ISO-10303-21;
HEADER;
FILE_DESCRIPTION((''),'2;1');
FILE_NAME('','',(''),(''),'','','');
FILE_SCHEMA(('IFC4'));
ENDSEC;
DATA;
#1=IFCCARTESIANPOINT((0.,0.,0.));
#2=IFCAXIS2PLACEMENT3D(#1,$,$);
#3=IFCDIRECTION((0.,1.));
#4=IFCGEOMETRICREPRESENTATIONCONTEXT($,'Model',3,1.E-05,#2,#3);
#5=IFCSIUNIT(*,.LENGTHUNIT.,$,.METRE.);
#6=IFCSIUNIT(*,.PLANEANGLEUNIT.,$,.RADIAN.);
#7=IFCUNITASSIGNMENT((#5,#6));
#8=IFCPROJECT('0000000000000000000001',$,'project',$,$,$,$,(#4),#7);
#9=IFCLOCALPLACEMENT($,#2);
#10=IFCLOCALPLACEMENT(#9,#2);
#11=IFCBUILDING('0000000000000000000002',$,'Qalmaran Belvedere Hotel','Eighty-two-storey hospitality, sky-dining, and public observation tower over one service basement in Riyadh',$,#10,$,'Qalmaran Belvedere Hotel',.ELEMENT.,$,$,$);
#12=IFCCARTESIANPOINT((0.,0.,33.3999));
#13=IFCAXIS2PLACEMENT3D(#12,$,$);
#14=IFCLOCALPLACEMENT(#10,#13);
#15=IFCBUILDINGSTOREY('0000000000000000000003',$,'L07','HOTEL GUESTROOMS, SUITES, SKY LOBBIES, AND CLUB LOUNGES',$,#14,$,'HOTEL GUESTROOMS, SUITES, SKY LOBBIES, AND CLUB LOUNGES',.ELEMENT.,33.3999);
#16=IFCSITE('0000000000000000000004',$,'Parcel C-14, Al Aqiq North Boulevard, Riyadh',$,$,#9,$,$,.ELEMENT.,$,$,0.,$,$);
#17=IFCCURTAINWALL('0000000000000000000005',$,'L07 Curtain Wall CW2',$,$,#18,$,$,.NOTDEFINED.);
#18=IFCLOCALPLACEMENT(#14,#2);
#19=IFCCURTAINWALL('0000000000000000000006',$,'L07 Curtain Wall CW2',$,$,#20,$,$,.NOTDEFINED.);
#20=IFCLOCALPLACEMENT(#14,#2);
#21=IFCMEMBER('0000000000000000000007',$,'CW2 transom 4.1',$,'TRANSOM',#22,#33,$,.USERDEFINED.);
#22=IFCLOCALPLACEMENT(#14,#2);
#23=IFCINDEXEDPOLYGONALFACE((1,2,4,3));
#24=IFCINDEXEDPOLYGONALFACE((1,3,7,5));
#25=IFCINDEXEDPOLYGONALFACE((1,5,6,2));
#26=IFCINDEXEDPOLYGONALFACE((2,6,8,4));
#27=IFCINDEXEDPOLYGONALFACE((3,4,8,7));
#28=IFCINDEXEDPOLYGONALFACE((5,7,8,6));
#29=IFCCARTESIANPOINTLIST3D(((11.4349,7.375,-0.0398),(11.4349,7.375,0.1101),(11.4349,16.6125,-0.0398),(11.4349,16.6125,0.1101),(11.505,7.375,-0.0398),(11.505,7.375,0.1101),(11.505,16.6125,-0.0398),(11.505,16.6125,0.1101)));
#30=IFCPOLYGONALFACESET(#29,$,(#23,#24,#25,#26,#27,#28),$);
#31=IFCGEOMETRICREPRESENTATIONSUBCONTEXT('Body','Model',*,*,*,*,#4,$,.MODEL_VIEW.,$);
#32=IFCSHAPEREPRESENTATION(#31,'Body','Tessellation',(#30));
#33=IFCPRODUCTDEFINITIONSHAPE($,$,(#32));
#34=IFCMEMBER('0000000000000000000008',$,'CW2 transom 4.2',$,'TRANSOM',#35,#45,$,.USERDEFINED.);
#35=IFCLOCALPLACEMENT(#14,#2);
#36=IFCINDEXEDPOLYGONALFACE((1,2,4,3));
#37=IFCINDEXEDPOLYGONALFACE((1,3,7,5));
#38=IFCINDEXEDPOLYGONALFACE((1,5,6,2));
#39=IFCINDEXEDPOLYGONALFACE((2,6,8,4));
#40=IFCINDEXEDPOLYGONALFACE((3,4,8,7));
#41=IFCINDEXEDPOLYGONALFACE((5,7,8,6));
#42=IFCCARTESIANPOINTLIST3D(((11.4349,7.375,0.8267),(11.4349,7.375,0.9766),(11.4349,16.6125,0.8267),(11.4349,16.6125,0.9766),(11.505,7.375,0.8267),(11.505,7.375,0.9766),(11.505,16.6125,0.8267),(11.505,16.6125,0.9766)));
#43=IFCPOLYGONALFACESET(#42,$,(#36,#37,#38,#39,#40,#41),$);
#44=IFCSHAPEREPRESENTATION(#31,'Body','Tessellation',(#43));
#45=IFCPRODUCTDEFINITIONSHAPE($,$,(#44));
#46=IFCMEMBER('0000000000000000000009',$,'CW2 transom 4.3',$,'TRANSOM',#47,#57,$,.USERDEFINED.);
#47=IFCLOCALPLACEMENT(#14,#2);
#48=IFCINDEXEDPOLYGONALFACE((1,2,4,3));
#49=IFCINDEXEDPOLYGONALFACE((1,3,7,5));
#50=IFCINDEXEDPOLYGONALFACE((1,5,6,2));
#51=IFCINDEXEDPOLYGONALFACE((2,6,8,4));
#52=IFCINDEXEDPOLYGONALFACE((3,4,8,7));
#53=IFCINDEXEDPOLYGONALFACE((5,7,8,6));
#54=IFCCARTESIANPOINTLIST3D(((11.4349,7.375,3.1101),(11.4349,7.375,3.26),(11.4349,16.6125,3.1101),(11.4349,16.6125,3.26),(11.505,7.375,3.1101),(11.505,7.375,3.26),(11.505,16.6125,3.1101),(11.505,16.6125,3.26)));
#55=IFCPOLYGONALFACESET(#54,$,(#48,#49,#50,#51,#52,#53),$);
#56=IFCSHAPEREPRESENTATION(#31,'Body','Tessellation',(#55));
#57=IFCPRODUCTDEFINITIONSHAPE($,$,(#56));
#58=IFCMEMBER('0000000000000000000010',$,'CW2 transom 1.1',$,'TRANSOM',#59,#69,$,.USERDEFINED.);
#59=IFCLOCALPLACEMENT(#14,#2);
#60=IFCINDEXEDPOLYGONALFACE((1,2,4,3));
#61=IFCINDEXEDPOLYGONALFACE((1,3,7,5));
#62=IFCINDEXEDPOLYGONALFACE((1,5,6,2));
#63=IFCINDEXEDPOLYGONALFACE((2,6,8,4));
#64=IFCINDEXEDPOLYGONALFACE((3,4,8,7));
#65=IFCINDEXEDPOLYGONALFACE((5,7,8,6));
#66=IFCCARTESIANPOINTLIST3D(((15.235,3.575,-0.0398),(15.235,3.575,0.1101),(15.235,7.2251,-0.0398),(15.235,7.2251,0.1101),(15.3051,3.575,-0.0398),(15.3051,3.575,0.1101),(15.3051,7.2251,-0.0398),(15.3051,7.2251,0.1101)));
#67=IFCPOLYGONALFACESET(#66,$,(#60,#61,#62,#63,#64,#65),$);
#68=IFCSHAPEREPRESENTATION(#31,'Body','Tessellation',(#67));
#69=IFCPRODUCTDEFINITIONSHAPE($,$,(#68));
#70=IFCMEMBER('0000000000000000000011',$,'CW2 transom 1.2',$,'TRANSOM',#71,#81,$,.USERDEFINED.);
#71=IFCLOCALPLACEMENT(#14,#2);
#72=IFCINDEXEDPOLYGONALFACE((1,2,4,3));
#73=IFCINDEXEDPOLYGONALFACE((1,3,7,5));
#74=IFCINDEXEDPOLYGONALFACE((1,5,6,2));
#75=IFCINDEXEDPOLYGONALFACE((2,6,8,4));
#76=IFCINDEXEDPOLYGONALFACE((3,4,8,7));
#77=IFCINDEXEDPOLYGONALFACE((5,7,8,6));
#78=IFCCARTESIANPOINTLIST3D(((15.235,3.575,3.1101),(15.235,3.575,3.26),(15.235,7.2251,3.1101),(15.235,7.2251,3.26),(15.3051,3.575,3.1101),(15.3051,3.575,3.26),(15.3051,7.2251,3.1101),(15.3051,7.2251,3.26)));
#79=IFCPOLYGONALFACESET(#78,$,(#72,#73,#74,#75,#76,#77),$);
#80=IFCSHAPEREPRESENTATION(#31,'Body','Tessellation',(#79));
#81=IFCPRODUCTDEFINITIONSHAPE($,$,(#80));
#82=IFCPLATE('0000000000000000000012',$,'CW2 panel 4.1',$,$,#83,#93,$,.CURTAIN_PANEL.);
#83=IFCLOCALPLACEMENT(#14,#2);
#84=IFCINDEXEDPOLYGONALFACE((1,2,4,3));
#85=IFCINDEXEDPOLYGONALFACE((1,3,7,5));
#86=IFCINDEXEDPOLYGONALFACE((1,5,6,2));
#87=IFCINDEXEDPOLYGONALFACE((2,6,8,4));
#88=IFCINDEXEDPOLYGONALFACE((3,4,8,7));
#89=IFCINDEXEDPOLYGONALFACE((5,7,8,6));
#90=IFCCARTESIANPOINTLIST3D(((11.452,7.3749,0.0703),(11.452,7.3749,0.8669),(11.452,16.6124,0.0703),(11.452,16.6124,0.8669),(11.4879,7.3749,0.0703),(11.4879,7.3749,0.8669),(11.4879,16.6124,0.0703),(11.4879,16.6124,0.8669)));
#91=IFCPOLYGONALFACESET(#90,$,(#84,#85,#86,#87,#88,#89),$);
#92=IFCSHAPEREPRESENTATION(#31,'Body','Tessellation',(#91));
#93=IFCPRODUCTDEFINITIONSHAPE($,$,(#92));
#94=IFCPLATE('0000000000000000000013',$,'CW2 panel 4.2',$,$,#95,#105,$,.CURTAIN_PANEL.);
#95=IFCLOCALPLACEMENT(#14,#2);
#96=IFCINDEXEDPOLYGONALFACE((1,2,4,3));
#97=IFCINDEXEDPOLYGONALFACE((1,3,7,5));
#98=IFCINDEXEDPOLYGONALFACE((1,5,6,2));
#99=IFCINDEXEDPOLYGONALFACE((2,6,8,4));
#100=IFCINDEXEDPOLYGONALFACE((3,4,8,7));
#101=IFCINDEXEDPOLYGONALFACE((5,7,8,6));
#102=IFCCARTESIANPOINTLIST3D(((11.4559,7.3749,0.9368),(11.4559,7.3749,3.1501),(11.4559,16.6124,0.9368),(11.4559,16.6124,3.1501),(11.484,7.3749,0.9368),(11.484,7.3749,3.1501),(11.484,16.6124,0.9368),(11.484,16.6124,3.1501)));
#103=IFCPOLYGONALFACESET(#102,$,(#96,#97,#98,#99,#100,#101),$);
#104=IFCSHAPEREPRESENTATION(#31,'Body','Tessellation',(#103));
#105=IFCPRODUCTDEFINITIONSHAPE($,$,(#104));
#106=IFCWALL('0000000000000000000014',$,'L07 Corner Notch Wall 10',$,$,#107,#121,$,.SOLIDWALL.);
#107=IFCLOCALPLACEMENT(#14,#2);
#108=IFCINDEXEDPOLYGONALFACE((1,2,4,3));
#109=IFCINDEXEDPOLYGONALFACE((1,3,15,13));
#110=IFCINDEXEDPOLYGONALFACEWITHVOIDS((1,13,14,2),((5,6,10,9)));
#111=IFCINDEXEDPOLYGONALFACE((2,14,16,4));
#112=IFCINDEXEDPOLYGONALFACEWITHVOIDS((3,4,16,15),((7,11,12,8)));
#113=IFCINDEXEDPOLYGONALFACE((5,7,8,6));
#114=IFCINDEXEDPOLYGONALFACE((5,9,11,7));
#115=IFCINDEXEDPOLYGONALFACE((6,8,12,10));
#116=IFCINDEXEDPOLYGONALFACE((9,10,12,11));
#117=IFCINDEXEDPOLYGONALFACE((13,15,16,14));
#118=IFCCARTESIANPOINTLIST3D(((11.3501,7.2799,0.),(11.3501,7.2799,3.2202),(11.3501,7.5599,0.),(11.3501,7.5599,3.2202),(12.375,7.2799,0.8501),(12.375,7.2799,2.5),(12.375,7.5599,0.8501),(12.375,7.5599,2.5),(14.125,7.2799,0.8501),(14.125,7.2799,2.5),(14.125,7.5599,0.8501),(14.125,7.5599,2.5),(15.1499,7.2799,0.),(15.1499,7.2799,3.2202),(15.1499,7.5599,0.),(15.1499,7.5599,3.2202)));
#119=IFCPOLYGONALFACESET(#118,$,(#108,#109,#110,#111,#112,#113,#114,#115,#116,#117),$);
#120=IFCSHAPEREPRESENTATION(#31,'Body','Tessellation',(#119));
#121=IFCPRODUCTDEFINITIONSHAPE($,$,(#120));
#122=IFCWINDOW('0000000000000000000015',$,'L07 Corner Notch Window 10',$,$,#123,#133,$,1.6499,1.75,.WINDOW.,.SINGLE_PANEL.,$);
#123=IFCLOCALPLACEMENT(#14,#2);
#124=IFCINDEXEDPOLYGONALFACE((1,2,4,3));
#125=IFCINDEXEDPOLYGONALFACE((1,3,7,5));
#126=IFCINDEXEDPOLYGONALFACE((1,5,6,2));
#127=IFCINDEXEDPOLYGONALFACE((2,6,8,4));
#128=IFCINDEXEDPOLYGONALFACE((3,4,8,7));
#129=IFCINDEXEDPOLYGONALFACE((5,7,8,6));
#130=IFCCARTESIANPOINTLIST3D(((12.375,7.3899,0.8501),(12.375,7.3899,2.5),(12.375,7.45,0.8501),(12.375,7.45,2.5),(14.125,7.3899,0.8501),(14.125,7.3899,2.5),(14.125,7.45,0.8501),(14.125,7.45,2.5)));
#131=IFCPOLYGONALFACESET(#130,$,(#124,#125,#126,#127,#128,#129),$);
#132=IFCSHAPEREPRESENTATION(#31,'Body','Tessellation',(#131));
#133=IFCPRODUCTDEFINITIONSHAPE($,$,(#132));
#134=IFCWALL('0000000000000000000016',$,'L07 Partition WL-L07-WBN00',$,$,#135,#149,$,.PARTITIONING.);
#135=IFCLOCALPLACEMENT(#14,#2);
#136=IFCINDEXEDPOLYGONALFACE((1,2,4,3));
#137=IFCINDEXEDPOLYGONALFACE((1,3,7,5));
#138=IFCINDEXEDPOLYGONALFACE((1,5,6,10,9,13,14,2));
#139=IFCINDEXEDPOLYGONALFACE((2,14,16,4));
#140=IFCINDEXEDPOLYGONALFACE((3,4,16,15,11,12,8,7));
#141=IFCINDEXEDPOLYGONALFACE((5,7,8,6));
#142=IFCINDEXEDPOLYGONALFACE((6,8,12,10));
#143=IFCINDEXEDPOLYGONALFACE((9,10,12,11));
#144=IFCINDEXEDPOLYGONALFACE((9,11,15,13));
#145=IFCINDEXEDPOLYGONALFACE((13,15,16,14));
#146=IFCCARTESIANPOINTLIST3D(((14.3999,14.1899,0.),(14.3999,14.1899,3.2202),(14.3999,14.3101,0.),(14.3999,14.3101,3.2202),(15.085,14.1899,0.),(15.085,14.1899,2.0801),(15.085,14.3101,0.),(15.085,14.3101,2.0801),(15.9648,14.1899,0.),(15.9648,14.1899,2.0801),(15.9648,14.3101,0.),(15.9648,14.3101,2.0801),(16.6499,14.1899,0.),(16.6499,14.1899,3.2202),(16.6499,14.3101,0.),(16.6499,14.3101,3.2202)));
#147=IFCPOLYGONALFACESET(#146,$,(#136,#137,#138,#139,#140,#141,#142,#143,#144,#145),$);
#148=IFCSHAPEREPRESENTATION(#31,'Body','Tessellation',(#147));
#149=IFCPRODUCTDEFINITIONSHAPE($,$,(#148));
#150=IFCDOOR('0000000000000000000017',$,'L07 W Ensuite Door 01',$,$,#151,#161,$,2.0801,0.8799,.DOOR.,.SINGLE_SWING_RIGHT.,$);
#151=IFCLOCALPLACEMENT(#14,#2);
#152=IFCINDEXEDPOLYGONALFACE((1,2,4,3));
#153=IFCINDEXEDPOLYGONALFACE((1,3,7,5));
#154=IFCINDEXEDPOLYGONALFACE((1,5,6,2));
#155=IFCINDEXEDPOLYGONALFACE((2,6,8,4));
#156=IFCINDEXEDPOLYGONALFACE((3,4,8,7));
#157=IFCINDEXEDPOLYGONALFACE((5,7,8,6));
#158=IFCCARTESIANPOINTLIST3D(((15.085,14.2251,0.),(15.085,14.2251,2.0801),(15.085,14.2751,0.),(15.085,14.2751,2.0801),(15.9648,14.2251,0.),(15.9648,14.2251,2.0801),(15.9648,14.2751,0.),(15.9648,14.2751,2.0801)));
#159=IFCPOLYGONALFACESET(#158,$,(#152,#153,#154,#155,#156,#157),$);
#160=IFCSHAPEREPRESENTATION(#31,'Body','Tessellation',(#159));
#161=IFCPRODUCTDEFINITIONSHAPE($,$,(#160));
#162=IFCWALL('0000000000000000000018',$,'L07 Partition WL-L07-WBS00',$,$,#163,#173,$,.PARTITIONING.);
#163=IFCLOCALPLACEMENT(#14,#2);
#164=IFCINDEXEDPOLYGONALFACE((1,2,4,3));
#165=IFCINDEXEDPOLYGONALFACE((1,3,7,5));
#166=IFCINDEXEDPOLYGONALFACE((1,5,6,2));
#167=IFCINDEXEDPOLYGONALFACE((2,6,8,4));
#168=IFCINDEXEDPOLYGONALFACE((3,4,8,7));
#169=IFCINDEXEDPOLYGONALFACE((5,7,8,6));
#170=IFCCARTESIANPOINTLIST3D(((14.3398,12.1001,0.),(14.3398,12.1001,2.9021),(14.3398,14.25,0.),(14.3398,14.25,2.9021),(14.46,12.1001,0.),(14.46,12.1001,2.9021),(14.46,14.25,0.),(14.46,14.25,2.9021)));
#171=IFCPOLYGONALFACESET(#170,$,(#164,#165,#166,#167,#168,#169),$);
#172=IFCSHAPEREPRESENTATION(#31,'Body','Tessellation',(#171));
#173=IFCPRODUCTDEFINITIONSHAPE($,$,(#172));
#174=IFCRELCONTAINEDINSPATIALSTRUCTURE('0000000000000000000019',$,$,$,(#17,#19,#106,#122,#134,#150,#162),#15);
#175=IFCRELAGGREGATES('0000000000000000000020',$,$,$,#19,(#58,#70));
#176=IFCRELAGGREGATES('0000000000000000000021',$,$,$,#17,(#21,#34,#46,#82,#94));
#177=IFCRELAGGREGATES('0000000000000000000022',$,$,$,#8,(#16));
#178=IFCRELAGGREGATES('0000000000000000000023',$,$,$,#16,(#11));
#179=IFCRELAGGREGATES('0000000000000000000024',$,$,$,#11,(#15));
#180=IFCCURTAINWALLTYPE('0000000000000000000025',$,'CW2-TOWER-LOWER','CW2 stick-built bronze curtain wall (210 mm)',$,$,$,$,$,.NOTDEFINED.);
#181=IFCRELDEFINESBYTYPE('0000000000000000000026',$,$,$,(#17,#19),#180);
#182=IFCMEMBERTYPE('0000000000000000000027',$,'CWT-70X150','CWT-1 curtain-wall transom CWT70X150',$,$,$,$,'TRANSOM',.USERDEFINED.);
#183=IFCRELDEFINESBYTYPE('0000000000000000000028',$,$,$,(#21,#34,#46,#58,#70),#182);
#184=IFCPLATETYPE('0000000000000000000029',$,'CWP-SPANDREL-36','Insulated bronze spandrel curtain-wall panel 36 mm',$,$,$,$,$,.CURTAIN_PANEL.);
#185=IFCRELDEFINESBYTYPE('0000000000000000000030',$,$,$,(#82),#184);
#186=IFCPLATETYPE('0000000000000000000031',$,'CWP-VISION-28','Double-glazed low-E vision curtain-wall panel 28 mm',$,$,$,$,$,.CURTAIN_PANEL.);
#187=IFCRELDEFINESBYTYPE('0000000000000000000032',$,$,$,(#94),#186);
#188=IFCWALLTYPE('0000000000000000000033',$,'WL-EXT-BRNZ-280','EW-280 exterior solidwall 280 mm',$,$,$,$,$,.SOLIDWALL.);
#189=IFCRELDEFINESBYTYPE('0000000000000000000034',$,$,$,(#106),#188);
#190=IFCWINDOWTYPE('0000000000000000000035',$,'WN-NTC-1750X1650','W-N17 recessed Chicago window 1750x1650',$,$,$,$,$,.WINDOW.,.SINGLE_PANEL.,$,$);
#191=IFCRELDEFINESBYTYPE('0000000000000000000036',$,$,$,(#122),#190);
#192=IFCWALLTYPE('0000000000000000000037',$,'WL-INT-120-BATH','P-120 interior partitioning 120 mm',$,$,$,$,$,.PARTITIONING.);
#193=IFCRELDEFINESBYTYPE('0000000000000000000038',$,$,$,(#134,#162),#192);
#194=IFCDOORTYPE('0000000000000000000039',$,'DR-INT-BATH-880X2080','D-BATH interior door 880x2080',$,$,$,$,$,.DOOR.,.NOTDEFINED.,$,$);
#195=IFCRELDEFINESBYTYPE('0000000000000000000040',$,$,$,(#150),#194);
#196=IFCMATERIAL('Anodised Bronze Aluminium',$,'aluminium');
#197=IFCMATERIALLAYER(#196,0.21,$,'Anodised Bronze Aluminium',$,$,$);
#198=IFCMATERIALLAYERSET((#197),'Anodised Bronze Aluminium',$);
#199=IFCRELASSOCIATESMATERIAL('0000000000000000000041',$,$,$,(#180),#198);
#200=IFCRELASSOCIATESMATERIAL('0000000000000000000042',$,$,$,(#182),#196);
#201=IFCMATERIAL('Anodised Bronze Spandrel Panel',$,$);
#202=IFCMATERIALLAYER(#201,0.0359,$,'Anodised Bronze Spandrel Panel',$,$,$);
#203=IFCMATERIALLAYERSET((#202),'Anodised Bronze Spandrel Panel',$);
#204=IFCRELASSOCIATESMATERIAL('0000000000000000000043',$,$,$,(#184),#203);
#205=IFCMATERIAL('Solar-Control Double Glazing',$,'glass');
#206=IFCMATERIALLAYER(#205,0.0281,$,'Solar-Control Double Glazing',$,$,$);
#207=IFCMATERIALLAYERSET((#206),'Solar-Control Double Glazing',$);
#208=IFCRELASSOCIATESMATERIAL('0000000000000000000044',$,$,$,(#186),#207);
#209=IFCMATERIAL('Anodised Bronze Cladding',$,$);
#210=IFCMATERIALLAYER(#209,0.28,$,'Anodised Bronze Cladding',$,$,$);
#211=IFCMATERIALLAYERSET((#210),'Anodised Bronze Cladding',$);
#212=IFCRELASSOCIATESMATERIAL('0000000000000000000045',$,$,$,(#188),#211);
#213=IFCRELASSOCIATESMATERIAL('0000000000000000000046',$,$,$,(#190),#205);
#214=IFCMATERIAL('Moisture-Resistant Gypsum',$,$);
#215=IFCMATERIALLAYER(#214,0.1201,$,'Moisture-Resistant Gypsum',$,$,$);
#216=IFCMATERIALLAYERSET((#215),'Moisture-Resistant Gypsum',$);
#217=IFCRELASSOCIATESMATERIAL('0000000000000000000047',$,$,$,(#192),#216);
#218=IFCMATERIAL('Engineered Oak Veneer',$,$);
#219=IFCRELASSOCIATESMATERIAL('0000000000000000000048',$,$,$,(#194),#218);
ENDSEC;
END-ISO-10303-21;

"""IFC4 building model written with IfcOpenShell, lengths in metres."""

from ifc_helpers import new_model, si_unit, direction, frame, frame_2d, origin, origin_2d, place, context, subcontext, project, spatial, rectangle, extrude, material, layer, layer_set, material_profile, profile_set, type_object, element, fill, aggregate, save


model = new_model("IFC4")

# Units and contexts
model_context = context("Model", 3, precision=1e-05, world=origin(), true_north=direction((0.0, 1.0)))
body_context = subcontext(model_context, "Body", "Model", "MODEL_VIEW")
ifc_project = project(units=[si_unit("LENGTHUNIT", "METRE"), si_unit("PLANEANGLEUNIT", "RADIAN")], contexts=[model_context])

# Site, building, storey
site_placement = place(None, origin())
site = spatial("IfcSite", under=ifc_project, at=site_placement, Name="Parcel C-14, Al Aqiq North Boulevard, Riyadh", CompositionType="ELEMENT", RefElevation=0.0)
building_placement = place(site_placement, origin())
building = spatial("IfcBuilding", under=site, at=building_placement, Name="Qalmaran Belvedere Hotel", Description="Eighty-two-storey hospitality, sky-dining, and public observation tower over one service basement in Riyadh", LongName="Qalmaran Belvedere Hotel", CompositionType="ELEMENT")
storey_placement = place(building_placement, frame((0.0, 0.0, 33.3999)))
storey = spatial("IfcBuildingStorey", under=building, at=storey_placement, Name="L07", Description="HOTEL GUESTROOMS, SUITES, SKY LOBBIES, AND CLUB LOUNGES", LongName="HOTEL GUESTROOMS, SUITES, SKY LOBBIES, AND CLUB LOUNGES", CompositionType="ELEMENT", Elevation=33.3999)

# Curtain wall
ifc_material_1 = material(Name="Anodised Bronze Aluminium", Category="aluminium")
ifc_layer_1 = layer(ifc_material_1, 0.21, Name="Anodised Bronze Aluminium")
ifc_layer_set_1 = layer_set([ifc_layer_1], Name="Anodised Bronze Aluminium")
curtain_wall_type = type_object("IfcCurtainWallType", Name="CW2-TOWER-LOWER", Description="CW2 stick-built bronze curtain wall (210 mm)", PredefinedType="NOTDEFINED", material=ifc_layer_set_1)
curtain_wall_1_placement = place(storey_placement, origin())
curtain_wall_1 = element("IfcCurtainWall", 1, at=curtain_wall_1_placement, inside=storey, type_object=curtain_wall_type, Name="L07 Curtain Wall CW2", PredefinedType="NOTDEFINED")

# Curtain wall
curtain_wall_2_placement = place(storey_placement, origin())
curtain_wall_2 = element("IfcCurtainWall", 2, at=curtain_wall_2_placement, inside=storey, type_object=curtain_wall_type, Name="L07 Curtain Wall CW2", PredefinedType="NOTDEFINED")

# Members
ifc_material_profile_1 = material_profile(ifc_material_1, rectangle(XDim=0.0701, YDim=0.1499, at=origin_2d()), Name="CWT70X150")
ifc_profile_set_1 = profile_set([ifc_material_profile_1], Name="Anodised Bronze Aluminium")
member_type_1 = type_object("IfcMemberType", Name="CWT-70X150", Description="CWT-1 curtain-wall transom CWT70X150", ElementType="TRANSOM", PredefinedType="USERDEFINED", material=ifc_profile_set_1)
member_1_placement = place(storey_placement, frame((11.47, 16.6125, 0.0352), z_axis=(0.0, -1.0, 0.0), x_axis=(1.0, 0.0, 0.0)))
member_1 = element("IfcMember", 3, at=member_1_placement, type_object=member_type_1, Name="CW2 transom 4.1", ObjectType="TRANSOM", PredefinedType="USERDEFINED", context=body_context, shape_type="SweptSolid", body=[
    extrude(rectangle(XDim=0.0701, YDim=0.1499, at=origin_2d()), origin(), (0.0, 0.0, 1.0), 9.2375),
])
member_2_placement = place(storey_placement, frame((11.47, 16.6125, 0.9016), z_axis=(0.0, -1.0, 0.0), x_axis=(1.0, 0.0, 0.0)))
member_2 = element("IfcMember", 4, at=member_2_placement, type_object=member_type_1, Name="CW2 transom 4.2", ObjectType="TRANSOM", PredefinedType="USERDEFINED", context=body_context, shape_type="SweptSolid", body=[
    extrude(rectangle(XDim=0.0701, YDim=0.1499, at=origin_2d()), origin(), (0.0, 0.0, 1.0), 9.2375),
])
member_3_placement = place(storey_placement, frame((11.47, 16.6125, 3.1851), z_axis=(0.0, -1.0, 0.0), x_axis=(1.0, 0.0, 0.0)))
member_3 = element("IfcMember", 5, at=member_3_placement, type_object=member_type_1, Name="CW2 transom 4.3", ObjectType="TRANSOM", PredefinedType="USERDEFINED", context=body_context, shape_type="SweptSolid", body=[
    extrude(rectangle(XDim=0.0701, YDim=0.1499, at=origin_2d()), origin(), (0.0, 0.0, 1.0), 9.2375),
])
member_4_placement = place(storey_placement, frame((15.27, 7.2251, 0.0352), z_axis=(0.0, -1.0, 0.0), x_axis=(1.0, 0.0, 0.0)))
member_4 = element("IfcMember", 6, at=member_4_placement, type_object=member_type_1, Name="CW2 transom 1.1", ObjectType="TRANSOM", PredefinedType="USERDEFINED", context=body_context, shape_type="SweptSolid", body=[
    extrude(rectangle(XDim=0.0701, YDim=0.1499, at=origin_2d()), origin(), (0.0, 0.0, 1.0), 3.6501),
])
member_5_placement = place(storey_placement, frame((15.27, 7.2251, 3.1851), z_axis=(0.0, -1.0, 0.0), x_axis=(1.0, 0.0, 0.0)))
member_5 = element("IfcMember", 7, at=member_5_placement, type_object=member_type_1, Name="CW2 transom 1.2", ObjectType="TRANSOM", PredefinedType="USERDEFINED", context=body_context, shape_type="SweptSolid", body=[
    extrude(rectangle(XDim=0.0701, YDim=0.1499, at=origin_2d()), origin(), (0.0, 0.0, 1.0), 3.6501),
])
aggregate(curtain_wall_2, [member_4, member_5])

# Plates
ifc_material_2 = material(Name="Anodised Bronze Spandrel Panel")
ifc_layer_2 = layer(ifc_material_2, 0.0359, Name="Anodised Bronze Spandrel Panel")
ifc_layer_set_2 = layer_set([ifc_layer_2], Name="Anodised Bronze Spandrel Panel")
plate_type_1 = type_object("IfcPlateType", Name="CWP-SPANDREL-36", Description="Insulated bronze spandrel curtain-wall panel 36 mm", PredefinedType="CURTAIN_PANEL", material=ifc_layer_set_2)
plate_1_placement = place(storey_placement, frame((11.47, 11.9937, 0.0703), z_axis=(0.0, 0.0, 1.0), x_axis=(0.0, -1.0, 0.0)))
plate_1 = element("IfcPlate", 8, at=plate_1_placement, type_object=plate_type_1, Name="CW2 panel 4.1", PredefinedType="CURTAIN_PANEL", context=body_context, shape_type="SweptSolid", body=[
    extrude(rectangle(XDim=9.2375, YDim=0.0359, at=origin_2d()), origin(), (0.0, 0.0, 1.0), 0.7966),
])
ifc_material_3 = material(Name="Solar-Control Double Glazing", Category="glass")
ifc_layer_3 = layer(ifc_material_3, 0.0281, Name="Solar-Control Double Glazing")
ifc_layer_set_3 = layer_set([ifc_layer_3], Name="Solar-Control Double Glazing")
plate_type_2 = type_object("IfcPlateType", Name="CWP-VISION-28", Description="Double-glazed low-E vision curtain-wall panel 28 mm", PredefinedType="CURTAIN_PANEL", material=ifc_layer_set_3)
plate_2_placement = place(storey_placement, frame((11.47, 11.9937, 0.9368), z_axis=(0.0, 0.0, 1.0), x_axis=(0.0, -1.0, 0.0)))
plate_2 = element("IfcPlate", 9, at=plate_2_placement, type_object=plate_type_2, Name="CW2 panel 4.2", PredefinedType="CURTAIN_PANEL", context=body_context, shape_type="SweptSolid", body=[
    extrude(rectangle(XDim=9.2375, YDim=0.0281, at=origin_2d()), origin(), (0.0, 0.0, 1.0), 2.2134),
])
aggregate(curtain_wall_1, [member_1, member_2, member_3, plate_1, plate_2])

# Wall, opening, window
ifc_material_4 = material(Name="Anodised Bronze Cladding")
ifc_layer_4 = layer(ifc_material_4, 0.28, Name="Anodised Bronze Cladding")
ifc_layer_set_4 = layer_set([ifc_layer_4], Name="Anodised Bronze Cladding")
wall_type_1 = type_object("IfcWallType", Name="WL-EXT-BRNZ-280", Description="EW-280 exterior solidwall 280 mm", PredefinedType="SOLIDWALL", material=ifc_layer_set_4)
wall_1_placement = place(storey_placement, frame((11.3501, 7.4199, 0.0), z_axis=(0.0, 0.0, 1.0), x_axis=(1.0, 0.0, 0.0)))
wall_1 = element("IfcWall", 10, at=wall_1_placement, inside=storey, type_object=wall_type_1, Name="L07 Corner Notch Wall 10", PredefinedType="SOLIDWALL", context=body_context, shape_type="SweptSolid", body=[
    extrude(rectangle(XDim=3.7998, YDim=0.28, at=frame_2d((1.8999, 0.0))), origin(), (0.0, 0.0, 1.0), 3.2202),
])
opening_1_placement = place(wall_1_placement, frame((1.0249, 0.0, 0.8501)))
opening_1 = element("IfcOpeningElement", 11, at=opening_1_placement, cuts=wall_1, PredefinedType="OPENING", context=body_context, shape_type="SweptSolid", body=[
    extrude(rectangle(XDim=1.75, YDim=1.6499, at=frame_2d((0.875, 0.825))), frame((0.0, 0.1499, 0.0), z_axis=(0.0, -1.0, 0.0), x_axis=(1.0, 0.0, 0.0)), (0.0, 0.0, 1.0), 0.3),
])
window_type = type_object("IfcWindowType", Name="WN-NTC-1750X1650", Description="W-N17 recessed Chicago window 1750x1650", PartitioningType="SINGLE_PANEL", PredefinedType="WINDOW", material=ifc_material_3)
window_placement = place(opening_1_placement, origin())
window = element("IfcWindow", 12, at=window_placement, inside=storey, type_object=window_type, Name="L07 Corner Notch Window 10", OverallHeight=1.6499, OverallWidth=1.75, PartitioningType="SINGLE_PANEL", PredefinedType="WINDOW", context=body_context, shape_type="SweptSolid", body=[
    extrude(rectangle(XDim=1.75, YDim=1.6499, at=frame_2d((0.875, 0.825))), frame((0.0, 0.03, 0.0), z_axis=(0.0, -1.0, 0.0), x_axis=(1.0, 0.0, 0.0)), (0.0, 0.0, 1.0), 0.0601),
])
fill(opening_1, window)

# Wall, opening, door
ifc_material_5 = material(Name="Moisture-Resistant Gypsum")
ifc_layer_5 = layer(ifc_material_5, 0.1201, Name="Moisture-Resistant Gypsum")
ifc_layer_set_5 = layer_set([ifc_layer_5], Name="Moisture-Resistant Gypsum")
wall_type_2 = type_object("IfcWallType", Name="WL-INT-120-BATH", Description="P-120 interior partitioning 120 mm", PredefinedType="PARTITIONING", material=ifc_layer_set_5)
wall_2_placement = place(storey_placement, frame((14.3999, 14.25, 0.0), z_axis=(0.0, 0.0, 1.0), x_axis=(1.0, 0.0, 0.0)))
wall_2 = element("IfcWall", 13, at=wall_2_placement, inside=storey, type_object=wall_type_2, Name="L07 Partition WL-L07-WBN00", PredefinedType="PARTITIONING", context=body_context, shape_type="SweptSolid", body=[
    extrude(rectangle(XDim=2.25, YDim=0.1201, at=frame_2d((1.125, 0.0))), origin(), (0.0, 0.0, 1.0), 3.2202),
])
opening_2_placement = place(wall_2_placement, frame((1.5649, 0.0, 0.0), z_axis=(0.0, 0.0, 1.0), x_axis=(-1.0, 0.0, 0.0)))
opening_2 = element("IfcOpeningElement", 14, at=opening_2_placement, cuts=wall_2, PredefinedType="OPENING", context=body_context, shape_type="SweptSolid", body=[
    extrude(rectangle(XDim=0.8799, YDim=2.0801, at=frame_2d((0.4399, 1.04))), frame((0.0, 0.0701, 0.0), z_axis=(0.0, -1.0, 0.0), x_axis=(1.0, 0.0, 0.0)), (0.0, 0.0, 1.0), 0.1401),
])
ifc_material_6 = material(Name="Engineered Oak Veneer")
door_type = type_object("IfcDoorType", Name="DR-INT-BATH-880X2080", Description="D-BATH interior door 880x2080", OperationType="NOTDEFINED", PredefinedType="DOOR", material=ifc_material_6)
door_placement = place(opening_2_placement, origin())
door = element("IfcDoor", 15, at=door_placement, inside=storey, type_object=door_type, Name="L07 W Ensuite Door 01", OperationType="SINGLE_SWING_RIGHT", OverallHeight=2.0801, OverallWidth=0.8799, PredefinedType="DOOR", context=body_context, shape_type="SweptSolid", body=[
    extrude(rectangle(XDim=0.8799, YDim=2.0801, at=frame_2d((0.4399, 1.04))), frame((0.0, 0.0249, 0.0), z_axis=(0.0, -1.0, 0.0), x_axis=(1.0, 0.0, 0.0)), (0.0, 0.0, 1.0), 0.05),
])
fill(opening_2, door)

# Wall
wall_3_placement = place(storey_placement, frame((14.3999, 12.1001, 0.0), z_axis=(0.0, 0.0, 1.0), x_axis=(0.0, 1.0, 0.0)))
element("IfcWall", 16, at=wall_3_placement, inside=storey, type_object=wall_type_2, Name="L07 Partition WL-L07-WBS00", PredefinedType="PARTITIONING", context=body_context, shape_type="SweptSolid", body=[
    extrude(rectangle(XDim=2.1499, YDim=0.1201, at=frame_2d((1.075, 0.0))), origin(), (0.0, 0.0, 1.0), 2.9021),
])

save(model, "model.ifc")
